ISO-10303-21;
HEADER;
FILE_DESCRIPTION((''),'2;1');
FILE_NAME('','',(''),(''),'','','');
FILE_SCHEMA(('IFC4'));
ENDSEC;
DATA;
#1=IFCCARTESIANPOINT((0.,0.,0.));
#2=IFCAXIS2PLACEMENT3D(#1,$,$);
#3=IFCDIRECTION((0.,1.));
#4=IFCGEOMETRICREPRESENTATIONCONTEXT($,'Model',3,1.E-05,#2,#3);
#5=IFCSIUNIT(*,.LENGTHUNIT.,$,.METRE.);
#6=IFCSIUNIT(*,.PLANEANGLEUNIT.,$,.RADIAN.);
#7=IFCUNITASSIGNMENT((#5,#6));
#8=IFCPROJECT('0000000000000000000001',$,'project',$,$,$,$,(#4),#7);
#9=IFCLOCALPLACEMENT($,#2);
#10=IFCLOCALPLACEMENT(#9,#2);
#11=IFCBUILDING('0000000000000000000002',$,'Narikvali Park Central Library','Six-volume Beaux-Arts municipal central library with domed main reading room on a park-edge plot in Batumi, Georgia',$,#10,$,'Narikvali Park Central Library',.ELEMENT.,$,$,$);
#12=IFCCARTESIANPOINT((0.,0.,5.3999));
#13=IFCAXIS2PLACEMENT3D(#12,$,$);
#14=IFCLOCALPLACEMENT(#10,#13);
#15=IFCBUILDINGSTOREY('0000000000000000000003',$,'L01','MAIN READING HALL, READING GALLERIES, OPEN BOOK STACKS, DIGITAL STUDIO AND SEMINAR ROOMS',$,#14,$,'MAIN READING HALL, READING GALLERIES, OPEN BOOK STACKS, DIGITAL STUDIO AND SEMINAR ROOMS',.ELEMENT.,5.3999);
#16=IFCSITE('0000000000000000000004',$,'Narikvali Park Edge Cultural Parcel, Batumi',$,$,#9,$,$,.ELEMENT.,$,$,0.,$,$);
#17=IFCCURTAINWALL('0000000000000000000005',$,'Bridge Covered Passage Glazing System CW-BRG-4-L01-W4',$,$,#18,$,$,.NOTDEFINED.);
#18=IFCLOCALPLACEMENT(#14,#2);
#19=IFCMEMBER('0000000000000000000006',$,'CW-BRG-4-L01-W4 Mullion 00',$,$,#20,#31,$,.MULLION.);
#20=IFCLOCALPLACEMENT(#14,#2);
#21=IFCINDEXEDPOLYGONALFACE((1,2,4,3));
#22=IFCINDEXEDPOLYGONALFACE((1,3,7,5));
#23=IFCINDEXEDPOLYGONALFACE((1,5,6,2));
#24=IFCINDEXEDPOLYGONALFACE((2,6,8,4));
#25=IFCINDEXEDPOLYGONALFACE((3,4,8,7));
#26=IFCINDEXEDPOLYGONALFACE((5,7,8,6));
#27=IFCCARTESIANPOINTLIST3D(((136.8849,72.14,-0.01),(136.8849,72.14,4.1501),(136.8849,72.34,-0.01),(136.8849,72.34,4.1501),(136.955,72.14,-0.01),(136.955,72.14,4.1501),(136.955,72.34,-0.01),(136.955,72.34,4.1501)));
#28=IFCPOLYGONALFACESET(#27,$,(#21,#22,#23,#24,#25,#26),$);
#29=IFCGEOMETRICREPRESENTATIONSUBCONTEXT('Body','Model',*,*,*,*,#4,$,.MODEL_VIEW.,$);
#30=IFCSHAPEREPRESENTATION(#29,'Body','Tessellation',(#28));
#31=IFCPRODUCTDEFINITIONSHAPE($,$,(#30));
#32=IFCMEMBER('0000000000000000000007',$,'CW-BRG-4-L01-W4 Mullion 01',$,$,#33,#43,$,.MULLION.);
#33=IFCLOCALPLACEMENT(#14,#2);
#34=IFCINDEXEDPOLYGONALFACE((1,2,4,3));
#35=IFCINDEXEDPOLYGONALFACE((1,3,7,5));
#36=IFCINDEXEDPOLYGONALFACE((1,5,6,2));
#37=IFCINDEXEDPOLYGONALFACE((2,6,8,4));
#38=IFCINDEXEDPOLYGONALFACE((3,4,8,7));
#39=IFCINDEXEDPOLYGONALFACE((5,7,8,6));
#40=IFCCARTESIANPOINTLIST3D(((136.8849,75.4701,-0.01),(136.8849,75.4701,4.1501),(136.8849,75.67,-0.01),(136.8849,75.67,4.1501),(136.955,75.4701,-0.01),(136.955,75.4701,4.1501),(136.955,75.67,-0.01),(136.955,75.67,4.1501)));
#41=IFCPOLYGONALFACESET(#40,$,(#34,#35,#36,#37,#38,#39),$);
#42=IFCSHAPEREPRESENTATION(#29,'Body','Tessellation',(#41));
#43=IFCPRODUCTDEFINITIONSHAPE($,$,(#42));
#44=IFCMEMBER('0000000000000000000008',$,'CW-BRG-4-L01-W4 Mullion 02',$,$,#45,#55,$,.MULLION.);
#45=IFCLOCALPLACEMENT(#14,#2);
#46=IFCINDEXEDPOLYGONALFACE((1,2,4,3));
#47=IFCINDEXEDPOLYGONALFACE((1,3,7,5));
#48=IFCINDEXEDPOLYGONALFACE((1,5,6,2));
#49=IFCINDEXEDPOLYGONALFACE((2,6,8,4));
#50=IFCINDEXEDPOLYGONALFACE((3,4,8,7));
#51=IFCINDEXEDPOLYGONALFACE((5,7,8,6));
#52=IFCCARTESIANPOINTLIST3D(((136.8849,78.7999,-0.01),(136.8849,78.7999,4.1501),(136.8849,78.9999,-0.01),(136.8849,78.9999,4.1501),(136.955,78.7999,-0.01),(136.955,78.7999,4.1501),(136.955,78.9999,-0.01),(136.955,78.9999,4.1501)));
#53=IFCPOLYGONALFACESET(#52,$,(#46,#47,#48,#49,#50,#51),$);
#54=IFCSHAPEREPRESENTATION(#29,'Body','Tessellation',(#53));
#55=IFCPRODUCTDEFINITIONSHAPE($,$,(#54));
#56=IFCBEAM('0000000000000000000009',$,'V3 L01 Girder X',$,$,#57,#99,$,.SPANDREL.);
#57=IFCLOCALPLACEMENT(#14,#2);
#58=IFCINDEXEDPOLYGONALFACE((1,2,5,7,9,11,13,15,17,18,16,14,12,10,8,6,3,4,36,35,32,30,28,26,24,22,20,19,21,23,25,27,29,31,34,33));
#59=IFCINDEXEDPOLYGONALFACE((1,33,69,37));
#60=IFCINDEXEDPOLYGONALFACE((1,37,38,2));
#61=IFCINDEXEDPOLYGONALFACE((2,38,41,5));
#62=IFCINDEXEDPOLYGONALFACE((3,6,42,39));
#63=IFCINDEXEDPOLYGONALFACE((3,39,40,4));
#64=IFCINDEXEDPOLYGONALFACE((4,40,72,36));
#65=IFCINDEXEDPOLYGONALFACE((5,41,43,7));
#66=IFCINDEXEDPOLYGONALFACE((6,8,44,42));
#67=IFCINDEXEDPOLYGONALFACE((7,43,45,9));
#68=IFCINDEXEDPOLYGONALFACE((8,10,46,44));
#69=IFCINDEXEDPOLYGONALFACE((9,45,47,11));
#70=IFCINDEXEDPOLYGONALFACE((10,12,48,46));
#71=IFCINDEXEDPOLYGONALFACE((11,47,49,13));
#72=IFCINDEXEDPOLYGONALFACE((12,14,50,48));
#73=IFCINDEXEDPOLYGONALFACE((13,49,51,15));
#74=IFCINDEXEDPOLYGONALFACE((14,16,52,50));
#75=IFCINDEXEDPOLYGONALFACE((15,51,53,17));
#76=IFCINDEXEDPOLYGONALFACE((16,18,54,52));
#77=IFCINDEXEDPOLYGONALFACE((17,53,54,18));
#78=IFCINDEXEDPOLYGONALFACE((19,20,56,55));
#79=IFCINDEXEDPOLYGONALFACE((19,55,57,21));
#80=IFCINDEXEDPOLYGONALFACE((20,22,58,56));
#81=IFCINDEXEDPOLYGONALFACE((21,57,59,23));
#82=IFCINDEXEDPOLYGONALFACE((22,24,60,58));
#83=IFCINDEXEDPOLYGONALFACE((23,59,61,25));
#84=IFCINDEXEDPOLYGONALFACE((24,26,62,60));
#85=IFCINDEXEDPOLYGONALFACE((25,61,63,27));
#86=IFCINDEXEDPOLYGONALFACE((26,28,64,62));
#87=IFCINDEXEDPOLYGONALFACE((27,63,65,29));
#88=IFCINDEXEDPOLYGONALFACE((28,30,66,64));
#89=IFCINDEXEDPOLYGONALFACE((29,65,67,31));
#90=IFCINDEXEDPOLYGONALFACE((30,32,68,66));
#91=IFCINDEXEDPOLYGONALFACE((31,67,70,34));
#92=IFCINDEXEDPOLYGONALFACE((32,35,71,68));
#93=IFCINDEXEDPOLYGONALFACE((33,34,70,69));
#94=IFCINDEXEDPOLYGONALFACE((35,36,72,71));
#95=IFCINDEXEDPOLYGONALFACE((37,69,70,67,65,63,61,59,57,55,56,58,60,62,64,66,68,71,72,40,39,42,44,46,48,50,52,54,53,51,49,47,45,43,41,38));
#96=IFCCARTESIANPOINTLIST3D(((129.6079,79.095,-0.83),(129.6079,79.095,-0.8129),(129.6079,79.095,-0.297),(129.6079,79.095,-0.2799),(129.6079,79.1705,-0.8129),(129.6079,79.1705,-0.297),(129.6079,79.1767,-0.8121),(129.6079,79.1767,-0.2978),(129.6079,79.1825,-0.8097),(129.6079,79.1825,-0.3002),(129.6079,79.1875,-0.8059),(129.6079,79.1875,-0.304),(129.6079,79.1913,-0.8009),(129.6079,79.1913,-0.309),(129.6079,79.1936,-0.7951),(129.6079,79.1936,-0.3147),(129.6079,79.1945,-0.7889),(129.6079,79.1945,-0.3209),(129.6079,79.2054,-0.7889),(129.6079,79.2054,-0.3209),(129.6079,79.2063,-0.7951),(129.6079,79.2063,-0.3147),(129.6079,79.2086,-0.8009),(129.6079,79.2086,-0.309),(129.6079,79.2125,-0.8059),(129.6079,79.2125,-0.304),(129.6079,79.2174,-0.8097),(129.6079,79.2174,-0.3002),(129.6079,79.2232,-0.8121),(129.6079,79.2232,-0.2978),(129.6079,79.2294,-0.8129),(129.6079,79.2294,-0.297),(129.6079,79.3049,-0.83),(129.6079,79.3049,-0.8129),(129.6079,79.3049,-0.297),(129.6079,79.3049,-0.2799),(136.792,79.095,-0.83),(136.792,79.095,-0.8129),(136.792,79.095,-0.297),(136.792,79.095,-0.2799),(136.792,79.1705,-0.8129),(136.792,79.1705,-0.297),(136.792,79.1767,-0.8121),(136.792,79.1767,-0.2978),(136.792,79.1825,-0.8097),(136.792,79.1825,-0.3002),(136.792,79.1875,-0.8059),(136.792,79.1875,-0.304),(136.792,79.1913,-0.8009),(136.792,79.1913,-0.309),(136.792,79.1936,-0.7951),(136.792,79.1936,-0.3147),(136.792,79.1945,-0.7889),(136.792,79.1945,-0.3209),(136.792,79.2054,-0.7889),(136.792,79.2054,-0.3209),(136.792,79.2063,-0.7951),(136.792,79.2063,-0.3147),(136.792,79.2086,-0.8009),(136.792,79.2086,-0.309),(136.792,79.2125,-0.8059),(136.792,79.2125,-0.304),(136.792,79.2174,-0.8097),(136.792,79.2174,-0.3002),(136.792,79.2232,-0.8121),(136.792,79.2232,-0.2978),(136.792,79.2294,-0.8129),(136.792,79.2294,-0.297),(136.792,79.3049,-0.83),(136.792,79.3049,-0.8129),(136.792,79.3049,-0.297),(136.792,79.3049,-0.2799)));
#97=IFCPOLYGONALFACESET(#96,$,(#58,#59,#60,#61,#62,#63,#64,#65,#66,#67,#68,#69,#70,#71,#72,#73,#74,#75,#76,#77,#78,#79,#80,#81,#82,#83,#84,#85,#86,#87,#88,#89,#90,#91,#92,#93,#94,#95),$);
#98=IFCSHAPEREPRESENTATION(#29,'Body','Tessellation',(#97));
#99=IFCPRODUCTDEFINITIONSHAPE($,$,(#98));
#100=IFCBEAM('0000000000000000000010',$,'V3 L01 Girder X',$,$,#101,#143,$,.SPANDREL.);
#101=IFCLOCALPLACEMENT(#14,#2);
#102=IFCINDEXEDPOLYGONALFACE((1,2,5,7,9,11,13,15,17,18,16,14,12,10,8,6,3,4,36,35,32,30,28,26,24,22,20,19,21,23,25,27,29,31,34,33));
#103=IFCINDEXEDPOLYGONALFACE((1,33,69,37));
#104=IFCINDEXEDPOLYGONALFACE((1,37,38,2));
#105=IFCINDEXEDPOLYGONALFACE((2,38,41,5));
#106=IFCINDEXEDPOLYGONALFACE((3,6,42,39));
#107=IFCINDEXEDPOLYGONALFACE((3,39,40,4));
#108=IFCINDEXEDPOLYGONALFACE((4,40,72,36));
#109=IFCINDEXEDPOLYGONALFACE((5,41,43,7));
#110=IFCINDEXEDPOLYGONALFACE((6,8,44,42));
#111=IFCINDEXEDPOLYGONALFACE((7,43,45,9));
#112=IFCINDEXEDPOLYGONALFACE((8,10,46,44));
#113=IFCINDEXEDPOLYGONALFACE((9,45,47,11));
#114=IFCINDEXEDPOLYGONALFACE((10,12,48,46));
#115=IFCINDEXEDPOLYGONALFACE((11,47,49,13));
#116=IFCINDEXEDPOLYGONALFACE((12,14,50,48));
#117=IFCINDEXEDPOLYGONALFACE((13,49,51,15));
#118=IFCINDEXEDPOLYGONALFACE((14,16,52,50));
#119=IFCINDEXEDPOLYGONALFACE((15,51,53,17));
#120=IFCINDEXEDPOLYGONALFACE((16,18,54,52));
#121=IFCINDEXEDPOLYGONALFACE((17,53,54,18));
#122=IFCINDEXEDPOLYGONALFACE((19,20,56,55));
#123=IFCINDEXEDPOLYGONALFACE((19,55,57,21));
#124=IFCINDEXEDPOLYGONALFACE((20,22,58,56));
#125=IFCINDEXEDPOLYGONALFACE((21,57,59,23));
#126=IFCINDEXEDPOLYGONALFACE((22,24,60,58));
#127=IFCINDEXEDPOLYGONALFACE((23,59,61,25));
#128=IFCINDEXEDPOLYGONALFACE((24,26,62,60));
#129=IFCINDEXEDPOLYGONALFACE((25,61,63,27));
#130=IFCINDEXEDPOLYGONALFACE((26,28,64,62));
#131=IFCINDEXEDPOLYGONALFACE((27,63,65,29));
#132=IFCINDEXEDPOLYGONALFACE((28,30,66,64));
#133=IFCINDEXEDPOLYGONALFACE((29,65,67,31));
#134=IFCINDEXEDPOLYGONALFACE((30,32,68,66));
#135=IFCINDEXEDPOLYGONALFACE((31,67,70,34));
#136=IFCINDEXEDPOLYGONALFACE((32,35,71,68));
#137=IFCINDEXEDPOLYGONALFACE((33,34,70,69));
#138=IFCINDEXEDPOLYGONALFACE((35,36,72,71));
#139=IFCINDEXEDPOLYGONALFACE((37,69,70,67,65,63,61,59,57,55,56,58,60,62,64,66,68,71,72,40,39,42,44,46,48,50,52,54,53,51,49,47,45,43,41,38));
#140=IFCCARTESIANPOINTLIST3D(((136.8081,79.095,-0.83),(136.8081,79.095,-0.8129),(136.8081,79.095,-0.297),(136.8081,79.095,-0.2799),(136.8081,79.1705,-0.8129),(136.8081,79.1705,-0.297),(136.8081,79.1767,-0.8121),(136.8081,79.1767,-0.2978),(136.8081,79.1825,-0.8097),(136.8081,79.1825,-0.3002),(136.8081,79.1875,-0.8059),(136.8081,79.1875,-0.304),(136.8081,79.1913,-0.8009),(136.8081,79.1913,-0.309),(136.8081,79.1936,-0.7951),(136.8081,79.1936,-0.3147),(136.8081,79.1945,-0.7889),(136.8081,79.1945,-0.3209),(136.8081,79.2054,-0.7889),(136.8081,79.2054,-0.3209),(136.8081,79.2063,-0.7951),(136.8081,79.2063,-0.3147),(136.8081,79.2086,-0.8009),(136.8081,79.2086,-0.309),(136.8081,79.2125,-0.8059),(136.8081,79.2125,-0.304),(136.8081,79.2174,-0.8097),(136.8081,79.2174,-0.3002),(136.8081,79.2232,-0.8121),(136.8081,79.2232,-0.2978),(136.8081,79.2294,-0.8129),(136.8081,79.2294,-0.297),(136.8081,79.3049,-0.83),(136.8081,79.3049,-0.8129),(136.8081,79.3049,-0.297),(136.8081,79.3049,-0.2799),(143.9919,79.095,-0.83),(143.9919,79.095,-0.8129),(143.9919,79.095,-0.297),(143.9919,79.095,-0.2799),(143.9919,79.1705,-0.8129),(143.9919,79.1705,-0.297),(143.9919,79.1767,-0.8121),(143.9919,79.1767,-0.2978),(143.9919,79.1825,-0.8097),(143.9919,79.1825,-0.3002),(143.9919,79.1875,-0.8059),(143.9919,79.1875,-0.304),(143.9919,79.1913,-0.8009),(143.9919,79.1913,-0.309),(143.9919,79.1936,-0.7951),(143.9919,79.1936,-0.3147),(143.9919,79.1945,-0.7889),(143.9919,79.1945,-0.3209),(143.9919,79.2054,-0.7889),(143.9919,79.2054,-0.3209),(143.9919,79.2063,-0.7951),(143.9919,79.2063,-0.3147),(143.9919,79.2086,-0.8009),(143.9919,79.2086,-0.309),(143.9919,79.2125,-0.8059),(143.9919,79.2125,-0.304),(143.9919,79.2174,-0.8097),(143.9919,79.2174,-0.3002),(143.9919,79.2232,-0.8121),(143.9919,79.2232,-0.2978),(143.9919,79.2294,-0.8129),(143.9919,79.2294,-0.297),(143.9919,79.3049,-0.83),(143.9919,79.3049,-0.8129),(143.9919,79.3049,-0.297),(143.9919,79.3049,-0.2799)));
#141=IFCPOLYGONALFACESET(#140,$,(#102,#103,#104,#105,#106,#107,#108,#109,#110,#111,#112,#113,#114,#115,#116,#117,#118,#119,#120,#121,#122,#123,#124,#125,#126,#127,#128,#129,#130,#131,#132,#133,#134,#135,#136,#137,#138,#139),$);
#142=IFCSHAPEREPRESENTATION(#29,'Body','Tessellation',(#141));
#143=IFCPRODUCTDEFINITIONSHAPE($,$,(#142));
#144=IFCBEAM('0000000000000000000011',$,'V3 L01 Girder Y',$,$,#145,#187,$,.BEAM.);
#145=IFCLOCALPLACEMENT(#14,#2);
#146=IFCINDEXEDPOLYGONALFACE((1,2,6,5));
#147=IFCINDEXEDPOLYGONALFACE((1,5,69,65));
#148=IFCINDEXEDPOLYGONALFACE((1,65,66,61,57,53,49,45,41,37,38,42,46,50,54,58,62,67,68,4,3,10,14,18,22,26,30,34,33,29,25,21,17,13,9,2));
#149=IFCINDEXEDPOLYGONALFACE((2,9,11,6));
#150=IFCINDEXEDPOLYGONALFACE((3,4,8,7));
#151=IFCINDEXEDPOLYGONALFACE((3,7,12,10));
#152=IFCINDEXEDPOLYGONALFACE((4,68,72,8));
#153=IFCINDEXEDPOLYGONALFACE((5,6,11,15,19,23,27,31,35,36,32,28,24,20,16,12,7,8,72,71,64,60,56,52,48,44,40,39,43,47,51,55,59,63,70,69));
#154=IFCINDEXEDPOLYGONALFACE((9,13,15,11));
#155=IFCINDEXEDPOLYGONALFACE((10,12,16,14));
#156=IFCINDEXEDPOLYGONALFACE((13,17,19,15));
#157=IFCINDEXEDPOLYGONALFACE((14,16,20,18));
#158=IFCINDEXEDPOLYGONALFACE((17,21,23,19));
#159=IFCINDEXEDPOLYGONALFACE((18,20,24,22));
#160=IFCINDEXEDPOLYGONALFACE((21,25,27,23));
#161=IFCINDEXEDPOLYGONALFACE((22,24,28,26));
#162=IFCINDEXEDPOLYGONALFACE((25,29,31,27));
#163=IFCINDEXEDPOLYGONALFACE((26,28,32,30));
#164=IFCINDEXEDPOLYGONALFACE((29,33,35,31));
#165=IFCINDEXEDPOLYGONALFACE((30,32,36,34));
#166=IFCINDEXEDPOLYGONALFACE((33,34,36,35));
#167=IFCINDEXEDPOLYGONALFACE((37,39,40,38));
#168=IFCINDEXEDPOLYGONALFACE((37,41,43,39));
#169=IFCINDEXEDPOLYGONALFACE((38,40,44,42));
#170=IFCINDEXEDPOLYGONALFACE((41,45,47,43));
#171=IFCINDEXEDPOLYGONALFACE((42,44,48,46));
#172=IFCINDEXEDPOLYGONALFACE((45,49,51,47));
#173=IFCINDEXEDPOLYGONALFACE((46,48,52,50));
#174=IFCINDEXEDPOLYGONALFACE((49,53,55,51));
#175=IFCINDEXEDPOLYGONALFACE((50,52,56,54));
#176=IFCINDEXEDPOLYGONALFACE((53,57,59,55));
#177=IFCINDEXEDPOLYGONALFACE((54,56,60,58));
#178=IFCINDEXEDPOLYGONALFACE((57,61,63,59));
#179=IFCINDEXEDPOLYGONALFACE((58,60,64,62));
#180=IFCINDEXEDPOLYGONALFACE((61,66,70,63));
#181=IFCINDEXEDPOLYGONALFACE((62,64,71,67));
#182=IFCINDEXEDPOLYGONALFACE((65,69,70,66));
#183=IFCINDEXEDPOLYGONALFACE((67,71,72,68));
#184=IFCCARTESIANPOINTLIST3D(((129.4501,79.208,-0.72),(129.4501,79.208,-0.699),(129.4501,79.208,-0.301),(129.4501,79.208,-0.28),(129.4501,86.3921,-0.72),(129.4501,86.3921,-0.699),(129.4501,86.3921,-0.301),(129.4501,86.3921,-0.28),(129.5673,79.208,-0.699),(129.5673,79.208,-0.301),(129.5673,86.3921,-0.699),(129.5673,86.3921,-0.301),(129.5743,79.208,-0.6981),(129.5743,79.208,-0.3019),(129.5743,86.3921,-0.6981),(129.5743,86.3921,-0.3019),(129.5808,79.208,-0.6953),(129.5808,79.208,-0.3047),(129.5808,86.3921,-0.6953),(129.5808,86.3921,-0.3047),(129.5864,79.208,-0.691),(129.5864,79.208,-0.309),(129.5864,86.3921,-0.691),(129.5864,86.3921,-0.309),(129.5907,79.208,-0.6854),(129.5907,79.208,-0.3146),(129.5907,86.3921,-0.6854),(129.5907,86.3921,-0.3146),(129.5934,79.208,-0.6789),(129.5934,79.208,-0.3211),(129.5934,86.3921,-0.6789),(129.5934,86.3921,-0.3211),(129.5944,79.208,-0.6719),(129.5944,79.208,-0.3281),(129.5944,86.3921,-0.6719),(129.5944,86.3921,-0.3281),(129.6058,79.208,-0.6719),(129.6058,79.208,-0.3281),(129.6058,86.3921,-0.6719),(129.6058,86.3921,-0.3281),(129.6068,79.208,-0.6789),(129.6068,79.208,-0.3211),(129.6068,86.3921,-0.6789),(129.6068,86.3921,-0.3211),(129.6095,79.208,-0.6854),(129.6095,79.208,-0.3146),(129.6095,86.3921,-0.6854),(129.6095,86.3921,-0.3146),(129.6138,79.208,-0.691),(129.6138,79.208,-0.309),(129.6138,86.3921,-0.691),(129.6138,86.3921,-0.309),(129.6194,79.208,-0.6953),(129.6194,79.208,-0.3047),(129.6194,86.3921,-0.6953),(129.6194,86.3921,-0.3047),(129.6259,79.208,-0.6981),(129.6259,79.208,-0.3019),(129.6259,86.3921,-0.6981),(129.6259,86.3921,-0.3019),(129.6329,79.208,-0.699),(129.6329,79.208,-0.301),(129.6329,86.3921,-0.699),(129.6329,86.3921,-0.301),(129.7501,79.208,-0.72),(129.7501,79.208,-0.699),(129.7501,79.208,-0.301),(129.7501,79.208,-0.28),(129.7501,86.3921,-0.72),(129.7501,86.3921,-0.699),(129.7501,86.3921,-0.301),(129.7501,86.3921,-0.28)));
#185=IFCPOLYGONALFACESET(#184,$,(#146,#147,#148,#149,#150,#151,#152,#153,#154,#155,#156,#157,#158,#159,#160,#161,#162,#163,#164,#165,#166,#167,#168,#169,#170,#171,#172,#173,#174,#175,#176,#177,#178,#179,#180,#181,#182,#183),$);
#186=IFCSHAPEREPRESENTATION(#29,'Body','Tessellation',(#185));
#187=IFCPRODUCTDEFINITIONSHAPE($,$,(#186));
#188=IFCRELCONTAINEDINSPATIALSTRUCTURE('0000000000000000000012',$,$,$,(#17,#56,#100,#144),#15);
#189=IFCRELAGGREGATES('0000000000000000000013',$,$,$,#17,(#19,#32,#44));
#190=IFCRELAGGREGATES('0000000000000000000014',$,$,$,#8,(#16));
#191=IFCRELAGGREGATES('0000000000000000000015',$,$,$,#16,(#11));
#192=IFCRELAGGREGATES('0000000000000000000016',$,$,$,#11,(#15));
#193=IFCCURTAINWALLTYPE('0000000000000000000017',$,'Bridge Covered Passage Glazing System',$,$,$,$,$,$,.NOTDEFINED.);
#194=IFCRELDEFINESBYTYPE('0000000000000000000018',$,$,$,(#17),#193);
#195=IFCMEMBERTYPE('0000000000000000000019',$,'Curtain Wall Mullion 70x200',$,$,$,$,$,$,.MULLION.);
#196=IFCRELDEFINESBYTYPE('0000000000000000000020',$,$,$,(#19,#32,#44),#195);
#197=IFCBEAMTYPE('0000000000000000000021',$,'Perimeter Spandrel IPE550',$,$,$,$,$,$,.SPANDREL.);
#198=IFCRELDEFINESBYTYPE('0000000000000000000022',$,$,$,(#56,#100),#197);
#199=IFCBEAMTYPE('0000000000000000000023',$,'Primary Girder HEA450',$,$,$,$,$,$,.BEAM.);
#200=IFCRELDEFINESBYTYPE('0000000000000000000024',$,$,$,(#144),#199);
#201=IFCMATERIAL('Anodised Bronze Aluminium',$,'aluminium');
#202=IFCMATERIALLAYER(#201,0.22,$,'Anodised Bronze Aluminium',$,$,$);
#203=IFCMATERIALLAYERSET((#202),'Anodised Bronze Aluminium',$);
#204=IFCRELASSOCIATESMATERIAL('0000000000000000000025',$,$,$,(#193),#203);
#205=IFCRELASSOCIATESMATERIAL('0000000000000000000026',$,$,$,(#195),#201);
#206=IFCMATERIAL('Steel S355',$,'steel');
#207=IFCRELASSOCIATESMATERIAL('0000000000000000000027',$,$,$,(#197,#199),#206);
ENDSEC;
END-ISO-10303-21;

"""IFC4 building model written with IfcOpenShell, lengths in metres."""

from ifc_helpers import new_model, si_unit, direction, frame, origin, origin_2d, place, context, subcontext, project, spatial, rectangle, i_section, extrude, material, layer, layer_set, material_profile, profile_set, type_object, element, aggregate, save


model = new_model("IFC4")

# Units and contexts
model_context = context("Model", 3, precision=1e-05, world=origin(), true_north=direction((0.0, 1.0)))
body_context = subcontext(model_context, "Body", "Model", "MODEL_VIEW")
ifc_project = project(units=[si_unit("LENGTHUNIT", "METRE"), si_unit("PLANEANGLEUNIT", "RADIAN")], contexts=[model_context])

# Site, building, storey
site_placement = place(None, origin())
site = spatial("IfcSite", under=ifc_project, at=site_placement, Name="Narikvali Park Edge Cultural Parcel, Batumi", CompositionType="ELEMENT", RefElevation=0.0)
building_placement = place(site_placement, origin())
building = spatial("IfcBuilding", under=site, at=building_placement, Name="Narikvali Park Central Library", Description="Six-volume Beaux-Arts municipal central library with domed main reading room on a park-edge plot in Batumi, Georgia", LongName="Narikvali Park Central Library", CompositionType="ELEMENT")
storey_placement = place(building_placement, frame((0.0, 0.0, 5.3999)))
storey = spatial("IfcBuildingStorey", under=building, at=storey_placement, Name="L01", Description="MAIN READING HALL, READING GALLERIES, OPEN BOOK STACKS, DIGITAL STUDIO AND SEMINAR ROOMS", LongName="MAIN READING HALL, READING GALLERIES, OPEN BOOK STACKS, DIGITAL STUDIO AND SEMINAR ROOMS", CompositionType="ELEMENT", Elevation=5.3999)

# Shared definitions
ifc_material_1 = material(Name="Steel S355", Category="steel")

# Curtain wall, members
ifc_material_2 = material(Name="Anodised Bronze Aluminium", Category="aluminium")
ifc_layer_1 = layer(ifc_material_2, 0.22, Name="Anodised Bronze Aluminium")
ifc_layer_set_1 = layer_set([ifc_layer_1], Name="Anodised Bronze Aluminium")
curtain_wall_type = type_object("IfcCurtainWallType", Name="Bridge Covered Passage Glazing System", PredefinedType="NOTDEFINED", material=ifc_layer_set_1)
curtain_wall_placement = place(storey_placement, origin())
curtain_wall = element("IfcCurtainWall", 1, at=curtain_wall_placement, inside=storey, type_object=curtain_wall_type, Name="Bridge Covered Passage Glazing System CW-BRG-4-L01-W4", PredefinedType="NOTDEFINED")
ifc_material_profile_1 = material_profile(ifc_material_2, rectangle(XDim=0.0701, YDim=0.2, at=origin_2d()), Name="CW MULLION 70x200")
ifc_profile_set_1 = profile_set([ifc_material_profile_1], Name="Anodised Bronze Aluminium")
member_type_1 = type_object("IfcMemberType", Name="Curtain Wall Mullion 70x200", PredefinedType="MULLION", material=ifc_profile_set_1)
member_1_placement = place(storey_placement, frame((136.9199, 72.24, -0.01), z_axis=(0.0, 0.0, 1.0), x_axis=(1.0, 0.0, 0.0)))
member_1 = element("IfcMember", 2, at=member_1_placement, type_object=member_type_1, Name="CW-BRG-4-L01-W4 Mullion 00", PredefinedType="MULLION", context=body_context, shape_type="SweptSolid", body=[
    extrude(rectangle(XDim=0.0701, YDim=0.2, at=origin_2d()), origin(), (0.0, 0.0, 1.0), 4.1602),
])
member_2_placement = place(storey_placement, frame((136.9199, 75.5701, -0.01), z_axis=(0.0, 0.0, 1.0), x_axis=(1.0, 0.0, 0.0)))
member_2 = element("IfcMember", 3, at=member_2_placement, type_object=member_type_1, Name="CW-BRG-4-L01-W4 Mullion 01", PredefinedType="MULLION", context=body_context, shape_type="SweptSolid", body=[
    extrude(rectangle(XDim=0.0701, YDim=0.2, at=origin_2d()), origin(), (0.0, 0.0, 1.0), 4.1602),
])
member_3_placement = place(storey_placement, frame((136.9199, 78.8999, -0.01), z_axis=(0.0, 0.0, 1.0), x_axis=(1.0, 0.0, 0.0)))
member_3 = element("IfcMember", 4, at=member_3_placement, type_object=member_type_1, Name="CW-BRG-4-L01-W4 Mullion 02", PredefinedType="MULLION", context=body_context, shape_type="SweptSolid", body=[
    extrude(rectangle(XDim=0.0701, YDim=0.2, at=origin_2d()), origin(), (0.0, 0.0, 1.0), 4.1602),
])

# Beams
ifc_material_profile_2 = material_profile(ifc_material_1, i_section(OverallWidth=0.21, OverallDepth=0.55, WebThickness=0.011, FlangeThickness=0.0171, FilletRadius=0.0239, at=origin_2d()), Name="IPE 550")
ifc_profile_set_2 = profile_set([ifc_material_profile_2], Name="Steel S355")
beam_type_1 = type_object("IfcBeamType", Name="Perimeter Spandrel IPE550", PredefinedType="SPANDREL", material=ifc_profile_set_2)
beam_1_placement = place(storey_placement, frame((129.6079, 79.2, -0.5549), z_axis=(1.0, 0.0, 0.0), x_axis=(0.0, 1.0, 0.0)))
element("IfcBeam", 5, at=beam_1_placement, inside=storey, type_object=beam_type_1, Name="V3 L01 Girder X", PredefinedType="SPANDREL", context=body_context, shape_type="SweptSolid", body=[
    extrude(i_section(OverallWidth=0.21, OverallDepth=0.55, WebThickness=0.011, FlangeThickness=0.0171, FilletRadius=0.0239, at=origin_2d()), origin(), (0.0, 0.0, 1.0), 7.1841),
])
beam_2_placement = place(storey_placement, frame((136.8081, 79.2, -0.5549), z_axis=(1.0, 0.0, 0.0), x_axis=(0.0, 1.0, 0.0)))
element("IfcBeam", 6, at=beam_2_placement, inside=storey, type_object=beam_type_1, Name="V3 L01 Girder X", PredefinedType="SPANDREL", context=body_context, shape_type="SweptSolid", body=[
    extrude(i_section(OverallWidth=0.21, OverallDepth=0.55, WebThickness=0.011, FlangeThickness=0.0171, FilletRadius=0.0239, at=origin_2d()), origin(), (0.0, 0.0, 1.0), 7.1838),
])
ifc_material_profile_3 = material_profile(ifc_material_1, i_section(OverallWidth=0.3, OverallDepth=0.4399, WebThickness=0.0115, FlangeThickness=0.021, FilletRadius=0.0271, at=origin_2d()), Name="HEA 450")
ifc_profile_set_3 = profile_set([ifc_material_profile_3], Name="Steel S355")
beam_type_2 = type_object("IfcBeamType", Name="Primary Girder HEA450", PredefinedType="BEAM", material=ifc_profile_set_3)
for number, where, z_axis, x_axis, name in (
    (7, (129.6001, 79.208, -0.5), (0.0, 1.0, 0.0), (-1.0, 0.0, 0.0), "V3 L01 Girder Y"),
):
    element("IfcBeam", number, at=place(storey_placement, frame(where, z_axis=z_axis, x_axis=x_axis)), inside=storey, type_object=beam_type_2, Name=name, PredefinedType="BEAM", context=body_context, shape_type="SweptSolid", body=[
        extrude(i_section(OverallWidth=0.3, OverallDepth=0.4399, WebThickness=0.0115, FlangeThickness=0.021, FilletRadius=0.0271, at=origin_2d()), origin(), (0.0, 0.0, 1.0), 7.1841),
    ])

aggregate(curtain_wall, [member_1, member_2, member_3])

save(model, "model.ifc")
